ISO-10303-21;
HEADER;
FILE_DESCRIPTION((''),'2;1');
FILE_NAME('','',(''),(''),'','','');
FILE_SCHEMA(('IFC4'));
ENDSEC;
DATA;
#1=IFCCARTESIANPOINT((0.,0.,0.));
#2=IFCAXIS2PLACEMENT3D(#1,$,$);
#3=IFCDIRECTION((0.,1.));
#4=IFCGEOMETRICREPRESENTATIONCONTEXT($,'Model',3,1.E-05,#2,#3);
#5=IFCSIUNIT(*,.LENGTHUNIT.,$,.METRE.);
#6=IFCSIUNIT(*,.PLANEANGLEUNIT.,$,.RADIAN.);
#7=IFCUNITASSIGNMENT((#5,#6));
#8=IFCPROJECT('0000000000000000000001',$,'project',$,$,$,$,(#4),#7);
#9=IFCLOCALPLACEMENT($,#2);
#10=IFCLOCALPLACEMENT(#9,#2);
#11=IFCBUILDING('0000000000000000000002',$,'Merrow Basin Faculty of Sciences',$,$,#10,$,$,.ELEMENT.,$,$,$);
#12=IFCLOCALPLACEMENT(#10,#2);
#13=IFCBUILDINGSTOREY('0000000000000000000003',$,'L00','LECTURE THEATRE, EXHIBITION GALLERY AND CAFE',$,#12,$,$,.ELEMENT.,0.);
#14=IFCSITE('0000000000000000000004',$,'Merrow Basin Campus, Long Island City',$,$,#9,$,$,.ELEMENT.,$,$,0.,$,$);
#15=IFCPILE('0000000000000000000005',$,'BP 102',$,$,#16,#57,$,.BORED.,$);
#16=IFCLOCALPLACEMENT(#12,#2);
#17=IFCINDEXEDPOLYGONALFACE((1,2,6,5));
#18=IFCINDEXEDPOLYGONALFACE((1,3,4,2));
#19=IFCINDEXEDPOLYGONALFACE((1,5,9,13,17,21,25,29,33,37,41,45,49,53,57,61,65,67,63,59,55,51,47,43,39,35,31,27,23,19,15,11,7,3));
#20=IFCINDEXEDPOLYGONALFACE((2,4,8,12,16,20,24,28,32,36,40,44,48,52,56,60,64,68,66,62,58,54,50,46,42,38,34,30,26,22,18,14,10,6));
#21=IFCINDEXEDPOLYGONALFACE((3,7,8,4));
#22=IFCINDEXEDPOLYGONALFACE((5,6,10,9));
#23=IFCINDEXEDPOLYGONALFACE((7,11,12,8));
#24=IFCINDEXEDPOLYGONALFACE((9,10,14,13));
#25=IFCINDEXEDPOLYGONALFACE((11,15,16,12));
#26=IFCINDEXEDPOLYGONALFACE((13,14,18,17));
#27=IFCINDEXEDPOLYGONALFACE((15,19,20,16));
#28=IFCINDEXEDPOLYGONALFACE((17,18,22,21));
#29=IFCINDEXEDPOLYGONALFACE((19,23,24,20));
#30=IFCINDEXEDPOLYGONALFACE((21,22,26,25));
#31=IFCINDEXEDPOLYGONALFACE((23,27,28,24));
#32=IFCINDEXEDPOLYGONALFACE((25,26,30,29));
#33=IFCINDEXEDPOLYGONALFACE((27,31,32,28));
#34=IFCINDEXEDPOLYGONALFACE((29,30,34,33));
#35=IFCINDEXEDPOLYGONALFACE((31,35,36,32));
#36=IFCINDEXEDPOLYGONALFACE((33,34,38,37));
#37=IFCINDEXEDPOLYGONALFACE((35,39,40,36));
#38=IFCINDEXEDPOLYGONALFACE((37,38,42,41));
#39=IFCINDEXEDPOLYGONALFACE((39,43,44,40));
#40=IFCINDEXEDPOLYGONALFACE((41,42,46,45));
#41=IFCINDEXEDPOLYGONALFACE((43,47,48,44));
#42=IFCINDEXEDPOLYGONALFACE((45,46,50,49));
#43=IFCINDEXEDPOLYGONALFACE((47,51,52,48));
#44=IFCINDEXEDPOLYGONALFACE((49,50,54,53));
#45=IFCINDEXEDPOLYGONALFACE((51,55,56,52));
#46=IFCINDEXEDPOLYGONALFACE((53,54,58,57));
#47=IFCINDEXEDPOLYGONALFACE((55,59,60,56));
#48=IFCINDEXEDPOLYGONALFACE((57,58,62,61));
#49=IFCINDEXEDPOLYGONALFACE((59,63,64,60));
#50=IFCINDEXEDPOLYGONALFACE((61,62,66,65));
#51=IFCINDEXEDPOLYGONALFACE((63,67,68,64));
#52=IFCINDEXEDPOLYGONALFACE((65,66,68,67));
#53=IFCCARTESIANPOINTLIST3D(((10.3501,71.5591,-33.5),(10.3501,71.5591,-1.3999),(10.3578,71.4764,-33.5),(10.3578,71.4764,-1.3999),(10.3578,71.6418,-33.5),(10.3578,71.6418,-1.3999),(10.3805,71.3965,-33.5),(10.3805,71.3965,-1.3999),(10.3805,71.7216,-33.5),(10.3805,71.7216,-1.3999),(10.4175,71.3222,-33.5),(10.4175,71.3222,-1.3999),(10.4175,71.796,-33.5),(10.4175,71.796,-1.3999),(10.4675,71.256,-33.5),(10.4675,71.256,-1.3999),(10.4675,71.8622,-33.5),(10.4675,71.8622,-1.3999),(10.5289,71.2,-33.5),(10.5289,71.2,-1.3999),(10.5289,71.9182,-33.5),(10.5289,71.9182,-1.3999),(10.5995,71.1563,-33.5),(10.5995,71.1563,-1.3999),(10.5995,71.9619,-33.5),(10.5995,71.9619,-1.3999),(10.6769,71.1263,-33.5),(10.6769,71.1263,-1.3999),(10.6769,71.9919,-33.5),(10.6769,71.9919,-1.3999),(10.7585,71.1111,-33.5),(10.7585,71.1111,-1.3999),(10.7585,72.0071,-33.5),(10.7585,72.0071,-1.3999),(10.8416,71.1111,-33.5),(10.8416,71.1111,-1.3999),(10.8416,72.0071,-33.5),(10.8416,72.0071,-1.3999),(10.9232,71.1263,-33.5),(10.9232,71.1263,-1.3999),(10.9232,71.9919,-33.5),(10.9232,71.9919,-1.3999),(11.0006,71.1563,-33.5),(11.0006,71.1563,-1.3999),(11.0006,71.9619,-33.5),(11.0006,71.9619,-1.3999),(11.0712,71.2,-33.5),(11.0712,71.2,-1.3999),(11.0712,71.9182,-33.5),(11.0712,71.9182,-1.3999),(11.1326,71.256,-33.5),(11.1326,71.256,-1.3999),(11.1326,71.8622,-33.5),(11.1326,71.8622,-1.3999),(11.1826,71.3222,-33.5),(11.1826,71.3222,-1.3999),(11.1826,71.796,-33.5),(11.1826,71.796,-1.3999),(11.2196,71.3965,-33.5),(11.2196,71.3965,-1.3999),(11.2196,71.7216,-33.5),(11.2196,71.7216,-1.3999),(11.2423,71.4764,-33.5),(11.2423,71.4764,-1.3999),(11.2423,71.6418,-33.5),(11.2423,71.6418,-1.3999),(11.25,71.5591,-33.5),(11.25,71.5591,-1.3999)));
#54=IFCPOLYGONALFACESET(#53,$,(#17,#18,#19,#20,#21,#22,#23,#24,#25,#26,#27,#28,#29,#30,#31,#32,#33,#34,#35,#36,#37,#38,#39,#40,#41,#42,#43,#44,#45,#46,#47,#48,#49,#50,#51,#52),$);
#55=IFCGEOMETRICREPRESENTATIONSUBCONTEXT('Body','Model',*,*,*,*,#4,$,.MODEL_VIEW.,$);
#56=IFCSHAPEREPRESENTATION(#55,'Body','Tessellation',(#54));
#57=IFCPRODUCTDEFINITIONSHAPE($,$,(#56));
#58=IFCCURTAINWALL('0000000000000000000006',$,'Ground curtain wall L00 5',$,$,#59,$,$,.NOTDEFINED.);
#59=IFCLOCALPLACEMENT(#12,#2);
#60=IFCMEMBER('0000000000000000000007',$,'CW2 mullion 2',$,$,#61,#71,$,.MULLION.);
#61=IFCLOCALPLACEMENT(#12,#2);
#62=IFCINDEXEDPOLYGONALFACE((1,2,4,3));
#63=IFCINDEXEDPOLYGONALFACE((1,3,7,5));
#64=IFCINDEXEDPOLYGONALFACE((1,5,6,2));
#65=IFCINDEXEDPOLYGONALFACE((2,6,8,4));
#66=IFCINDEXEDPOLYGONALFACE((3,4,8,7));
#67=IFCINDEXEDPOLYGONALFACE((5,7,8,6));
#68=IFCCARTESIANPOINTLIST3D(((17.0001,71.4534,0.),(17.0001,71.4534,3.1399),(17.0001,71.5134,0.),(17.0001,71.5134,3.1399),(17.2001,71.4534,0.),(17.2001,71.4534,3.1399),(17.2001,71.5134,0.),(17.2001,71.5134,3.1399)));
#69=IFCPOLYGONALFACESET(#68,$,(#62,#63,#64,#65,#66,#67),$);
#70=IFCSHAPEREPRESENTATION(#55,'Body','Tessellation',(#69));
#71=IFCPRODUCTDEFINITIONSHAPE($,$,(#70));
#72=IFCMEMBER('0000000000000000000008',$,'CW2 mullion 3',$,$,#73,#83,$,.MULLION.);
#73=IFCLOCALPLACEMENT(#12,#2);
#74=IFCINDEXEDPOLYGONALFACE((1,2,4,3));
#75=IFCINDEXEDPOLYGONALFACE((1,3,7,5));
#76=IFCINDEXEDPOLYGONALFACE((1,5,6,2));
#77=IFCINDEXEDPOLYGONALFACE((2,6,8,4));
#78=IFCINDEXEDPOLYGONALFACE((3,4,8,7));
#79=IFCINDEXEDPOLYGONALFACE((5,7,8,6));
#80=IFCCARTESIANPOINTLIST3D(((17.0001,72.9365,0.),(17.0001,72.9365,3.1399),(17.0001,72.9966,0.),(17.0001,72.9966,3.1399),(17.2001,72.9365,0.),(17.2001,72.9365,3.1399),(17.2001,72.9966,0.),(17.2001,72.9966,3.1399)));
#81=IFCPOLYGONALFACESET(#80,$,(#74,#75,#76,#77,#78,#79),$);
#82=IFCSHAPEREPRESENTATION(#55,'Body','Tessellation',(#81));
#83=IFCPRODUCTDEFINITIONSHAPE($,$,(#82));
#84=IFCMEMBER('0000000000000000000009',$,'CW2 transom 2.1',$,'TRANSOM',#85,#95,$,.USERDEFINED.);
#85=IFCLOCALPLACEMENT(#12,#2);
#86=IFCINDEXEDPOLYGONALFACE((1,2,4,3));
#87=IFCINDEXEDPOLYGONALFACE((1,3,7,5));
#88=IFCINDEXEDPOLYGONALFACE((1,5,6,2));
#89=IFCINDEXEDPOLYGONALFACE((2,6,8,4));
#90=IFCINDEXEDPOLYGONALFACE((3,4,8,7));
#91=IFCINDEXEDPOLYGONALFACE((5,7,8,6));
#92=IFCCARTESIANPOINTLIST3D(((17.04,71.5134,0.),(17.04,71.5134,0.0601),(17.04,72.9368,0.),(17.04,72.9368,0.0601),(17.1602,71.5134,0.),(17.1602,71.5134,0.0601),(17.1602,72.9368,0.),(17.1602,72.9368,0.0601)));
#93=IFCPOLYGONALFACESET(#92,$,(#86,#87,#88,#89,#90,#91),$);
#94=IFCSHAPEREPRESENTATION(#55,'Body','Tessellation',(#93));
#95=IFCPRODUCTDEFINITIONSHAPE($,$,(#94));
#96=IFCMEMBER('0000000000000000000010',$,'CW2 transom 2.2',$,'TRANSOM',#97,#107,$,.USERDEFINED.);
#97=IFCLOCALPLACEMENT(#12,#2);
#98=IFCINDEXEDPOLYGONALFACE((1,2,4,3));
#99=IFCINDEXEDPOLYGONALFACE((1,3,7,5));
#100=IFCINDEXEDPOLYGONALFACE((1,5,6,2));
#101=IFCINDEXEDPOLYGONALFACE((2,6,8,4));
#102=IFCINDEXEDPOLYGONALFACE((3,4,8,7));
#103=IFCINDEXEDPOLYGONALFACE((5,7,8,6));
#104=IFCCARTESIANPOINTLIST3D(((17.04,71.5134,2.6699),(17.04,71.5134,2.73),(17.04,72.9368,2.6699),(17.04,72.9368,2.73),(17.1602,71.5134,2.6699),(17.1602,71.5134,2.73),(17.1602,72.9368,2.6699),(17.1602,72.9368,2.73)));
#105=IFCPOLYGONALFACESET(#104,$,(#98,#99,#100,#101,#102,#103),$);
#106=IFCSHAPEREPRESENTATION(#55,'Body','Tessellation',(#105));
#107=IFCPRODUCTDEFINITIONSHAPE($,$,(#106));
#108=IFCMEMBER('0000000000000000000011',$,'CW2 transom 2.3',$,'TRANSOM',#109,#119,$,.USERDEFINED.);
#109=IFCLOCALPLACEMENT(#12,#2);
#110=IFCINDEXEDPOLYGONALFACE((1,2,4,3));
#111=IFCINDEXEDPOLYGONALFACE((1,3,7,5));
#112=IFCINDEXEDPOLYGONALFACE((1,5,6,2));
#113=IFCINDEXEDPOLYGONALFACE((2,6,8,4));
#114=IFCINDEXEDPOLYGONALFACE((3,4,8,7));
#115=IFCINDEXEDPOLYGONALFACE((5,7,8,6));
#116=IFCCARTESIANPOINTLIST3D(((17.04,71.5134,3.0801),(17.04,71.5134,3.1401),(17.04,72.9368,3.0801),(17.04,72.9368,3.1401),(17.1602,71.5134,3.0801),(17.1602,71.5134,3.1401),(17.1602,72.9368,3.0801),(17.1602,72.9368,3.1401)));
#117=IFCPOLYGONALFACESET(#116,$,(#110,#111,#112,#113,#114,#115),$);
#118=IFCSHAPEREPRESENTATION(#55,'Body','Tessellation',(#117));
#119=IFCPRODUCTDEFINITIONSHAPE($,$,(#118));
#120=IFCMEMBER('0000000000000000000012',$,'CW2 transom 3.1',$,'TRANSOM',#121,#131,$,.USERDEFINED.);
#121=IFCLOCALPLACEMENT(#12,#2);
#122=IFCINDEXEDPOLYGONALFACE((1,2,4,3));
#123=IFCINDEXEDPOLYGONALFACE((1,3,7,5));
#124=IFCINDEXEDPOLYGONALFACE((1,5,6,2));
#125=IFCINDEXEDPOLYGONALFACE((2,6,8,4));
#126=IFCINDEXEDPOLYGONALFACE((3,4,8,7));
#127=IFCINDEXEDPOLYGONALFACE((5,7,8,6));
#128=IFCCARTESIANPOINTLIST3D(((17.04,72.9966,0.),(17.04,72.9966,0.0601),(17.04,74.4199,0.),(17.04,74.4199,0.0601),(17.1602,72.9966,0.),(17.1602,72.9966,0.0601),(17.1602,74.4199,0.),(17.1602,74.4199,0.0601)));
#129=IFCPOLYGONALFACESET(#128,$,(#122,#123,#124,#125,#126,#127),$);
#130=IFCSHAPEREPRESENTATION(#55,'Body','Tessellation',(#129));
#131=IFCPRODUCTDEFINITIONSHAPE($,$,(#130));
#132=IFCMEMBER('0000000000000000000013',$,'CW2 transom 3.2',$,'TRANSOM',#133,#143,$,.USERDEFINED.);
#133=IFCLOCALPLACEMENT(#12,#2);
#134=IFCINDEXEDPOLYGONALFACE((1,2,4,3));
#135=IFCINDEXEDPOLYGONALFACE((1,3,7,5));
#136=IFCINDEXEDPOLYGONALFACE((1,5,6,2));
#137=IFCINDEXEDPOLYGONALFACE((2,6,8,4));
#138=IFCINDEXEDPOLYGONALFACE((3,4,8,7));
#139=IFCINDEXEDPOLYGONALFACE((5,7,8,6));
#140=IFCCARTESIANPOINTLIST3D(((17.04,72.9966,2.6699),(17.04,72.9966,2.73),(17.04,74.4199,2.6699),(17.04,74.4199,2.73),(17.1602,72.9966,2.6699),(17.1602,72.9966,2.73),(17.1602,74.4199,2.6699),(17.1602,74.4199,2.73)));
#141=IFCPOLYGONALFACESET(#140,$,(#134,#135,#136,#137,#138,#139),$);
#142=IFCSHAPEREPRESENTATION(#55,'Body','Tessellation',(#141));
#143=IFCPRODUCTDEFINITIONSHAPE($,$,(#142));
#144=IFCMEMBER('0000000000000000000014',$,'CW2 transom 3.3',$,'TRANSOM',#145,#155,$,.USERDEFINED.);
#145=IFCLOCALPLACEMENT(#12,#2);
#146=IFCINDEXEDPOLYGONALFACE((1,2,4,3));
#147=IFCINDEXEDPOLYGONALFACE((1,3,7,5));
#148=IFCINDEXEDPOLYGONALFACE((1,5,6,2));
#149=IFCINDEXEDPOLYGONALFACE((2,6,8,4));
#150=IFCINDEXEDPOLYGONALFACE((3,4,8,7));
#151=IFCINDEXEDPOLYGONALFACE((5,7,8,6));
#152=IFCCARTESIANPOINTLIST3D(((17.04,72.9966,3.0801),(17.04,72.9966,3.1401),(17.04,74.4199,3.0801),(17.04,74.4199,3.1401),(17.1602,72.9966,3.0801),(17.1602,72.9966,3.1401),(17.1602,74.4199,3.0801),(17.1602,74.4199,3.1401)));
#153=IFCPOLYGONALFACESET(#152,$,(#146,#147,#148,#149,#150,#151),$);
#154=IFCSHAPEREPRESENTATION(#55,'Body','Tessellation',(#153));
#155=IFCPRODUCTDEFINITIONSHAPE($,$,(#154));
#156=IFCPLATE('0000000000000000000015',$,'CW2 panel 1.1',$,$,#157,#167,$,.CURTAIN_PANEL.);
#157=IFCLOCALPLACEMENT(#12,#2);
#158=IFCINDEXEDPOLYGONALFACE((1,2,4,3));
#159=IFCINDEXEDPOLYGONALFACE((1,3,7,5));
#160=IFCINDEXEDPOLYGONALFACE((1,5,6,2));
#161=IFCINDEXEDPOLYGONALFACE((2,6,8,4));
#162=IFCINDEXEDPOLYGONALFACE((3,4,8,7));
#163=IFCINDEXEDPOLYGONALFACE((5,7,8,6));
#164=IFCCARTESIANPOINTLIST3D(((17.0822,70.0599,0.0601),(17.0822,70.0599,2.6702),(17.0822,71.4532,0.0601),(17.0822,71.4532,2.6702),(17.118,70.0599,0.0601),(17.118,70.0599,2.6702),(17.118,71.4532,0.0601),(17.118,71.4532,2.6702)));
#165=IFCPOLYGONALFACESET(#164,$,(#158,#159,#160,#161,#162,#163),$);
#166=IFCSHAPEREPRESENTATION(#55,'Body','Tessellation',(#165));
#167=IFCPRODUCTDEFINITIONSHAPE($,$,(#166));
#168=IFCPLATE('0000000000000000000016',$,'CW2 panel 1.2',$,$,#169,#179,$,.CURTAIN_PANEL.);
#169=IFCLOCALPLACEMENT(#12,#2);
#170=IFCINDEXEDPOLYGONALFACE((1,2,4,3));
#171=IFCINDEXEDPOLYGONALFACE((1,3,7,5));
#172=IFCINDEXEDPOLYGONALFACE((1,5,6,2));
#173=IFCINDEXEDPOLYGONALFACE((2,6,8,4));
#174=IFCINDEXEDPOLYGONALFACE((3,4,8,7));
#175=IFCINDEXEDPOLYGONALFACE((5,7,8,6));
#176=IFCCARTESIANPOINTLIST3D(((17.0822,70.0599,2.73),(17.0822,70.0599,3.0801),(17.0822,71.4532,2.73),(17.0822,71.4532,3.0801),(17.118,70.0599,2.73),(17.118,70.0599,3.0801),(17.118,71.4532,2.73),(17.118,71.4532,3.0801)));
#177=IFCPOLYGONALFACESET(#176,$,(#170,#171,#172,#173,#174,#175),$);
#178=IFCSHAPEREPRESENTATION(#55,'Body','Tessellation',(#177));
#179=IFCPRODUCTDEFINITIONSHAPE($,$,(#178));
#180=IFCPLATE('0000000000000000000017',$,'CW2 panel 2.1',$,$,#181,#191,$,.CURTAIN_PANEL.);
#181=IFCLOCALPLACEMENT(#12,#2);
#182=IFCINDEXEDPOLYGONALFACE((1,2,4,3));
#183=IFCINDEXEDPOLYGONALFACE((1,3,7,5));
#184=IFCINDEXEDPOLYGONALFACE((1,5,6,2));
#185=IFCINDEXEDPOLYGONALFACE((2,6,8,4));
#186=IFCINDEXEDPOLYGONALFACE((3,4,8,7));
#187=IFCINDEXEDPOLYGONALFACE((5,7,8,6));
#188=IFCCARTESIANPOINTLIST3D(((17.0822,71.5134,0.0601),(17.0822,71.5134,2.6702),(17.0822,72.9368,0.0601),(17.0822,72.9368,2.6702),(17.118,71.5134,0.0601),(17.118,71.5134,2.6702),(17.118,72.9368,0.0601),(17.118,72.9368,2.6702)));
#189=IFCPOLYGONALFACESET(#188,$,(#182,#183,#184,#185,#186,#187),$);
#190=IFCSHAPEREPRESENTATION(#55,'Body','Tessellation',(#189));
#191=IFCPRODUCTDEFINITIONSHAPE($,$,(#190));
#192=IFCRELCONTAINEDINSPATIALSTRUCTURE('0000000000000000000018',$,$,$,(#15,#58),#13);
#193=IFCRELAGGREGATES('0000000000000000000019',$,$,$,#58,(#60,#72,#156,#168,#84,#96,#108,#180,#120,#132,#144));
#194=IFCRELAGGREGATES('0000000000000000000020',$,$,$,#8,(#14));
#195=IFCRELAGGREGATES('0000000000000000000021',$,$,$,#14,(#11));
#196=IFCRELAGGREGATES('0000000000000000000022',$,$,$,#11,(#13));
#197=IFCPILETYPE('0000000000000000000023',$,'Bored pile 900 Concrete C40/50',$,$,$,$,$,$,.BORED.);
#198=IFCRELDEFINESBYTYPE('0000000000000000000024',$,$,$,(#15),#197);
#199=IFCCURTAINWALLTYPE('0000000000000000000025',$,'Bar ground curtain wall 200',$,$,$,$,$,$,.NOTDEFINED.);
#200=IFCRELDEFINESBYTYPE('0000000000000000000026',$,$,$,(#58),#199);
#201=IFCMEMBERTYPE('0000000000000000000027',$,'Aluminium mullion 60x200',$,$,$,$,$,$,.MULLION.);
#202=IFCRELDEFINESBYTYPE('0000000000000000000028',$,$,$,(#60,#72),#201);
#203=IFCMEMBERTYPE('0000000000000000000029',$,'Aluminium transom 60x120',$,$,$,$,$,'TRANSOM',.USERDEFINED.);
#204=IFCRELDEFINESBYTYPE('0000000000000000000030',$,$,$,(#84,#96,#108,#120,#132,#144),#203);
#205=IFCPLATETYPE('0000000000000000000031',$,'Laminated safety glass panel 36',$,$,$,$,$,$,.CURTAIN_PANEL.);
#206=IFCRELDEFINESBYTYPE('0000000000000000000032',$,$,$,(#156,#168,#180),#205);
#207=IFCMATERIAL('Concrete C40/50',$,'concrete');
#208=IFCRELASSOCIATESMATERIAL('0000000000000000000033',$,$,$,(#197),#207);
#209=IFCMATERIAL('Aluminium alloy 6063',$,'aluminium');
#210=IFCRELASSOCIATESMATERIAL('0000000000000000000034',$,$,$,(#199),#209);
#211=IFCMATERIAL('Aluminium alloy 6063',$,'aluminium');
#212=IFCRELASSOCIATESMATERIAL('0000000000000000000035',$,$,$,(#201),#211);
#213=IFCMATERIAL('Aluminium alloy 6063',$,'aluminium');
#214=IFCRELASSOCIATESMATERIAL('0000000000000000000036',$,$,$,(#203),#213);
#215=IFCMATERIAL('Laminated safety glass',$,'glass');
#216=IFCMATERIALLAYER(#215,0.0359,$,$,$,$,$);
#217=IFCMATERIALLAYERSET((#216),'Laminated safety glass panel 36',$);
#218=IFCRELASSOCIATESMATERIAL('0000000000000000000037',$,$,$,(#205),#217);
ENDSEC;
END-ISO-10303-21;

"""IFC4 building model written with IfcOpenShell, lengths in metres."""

from ifc_helpers import new_model, si_unit, direction, frame, origin, origin_2d, place, context, subcontext, project, spatial, rectangle, circle, extrude, material, layer, layer_set, material_profile, profile_set, type_object, element, aggregate, save


model = new_model("IFC4")

# Units and contexts
model_context = context("Model", 3, precision=1e-05, world=origin(), true_north=direction((0.0, 1.0)))
body_context = subcontext(model_context, "Body", "Model", "MODEL_VIEW")
ifc_project = project(units=[si_unit("LENGTHUNIT", "METRE"), si_unit("PLANEANGLEUNIT", "RADIAN")], contexts=[model_context])

# Site, building, storey
site_placement = place(None, origin())
site = spatial("IfcSite", under=ifc_project, at=site_placement, Name="Merrow Basin Campus, Long Island City", CompositionType="ELEMENT", RefElevation=0.0)
building_placement = place(site_placement, origin())
building = spatial("IfcBuilding", under=site, at=building_placement, Name="Merrow Basin Faculty of Sciences", CompositionType="ELEMENT")
storey_placement = place(building_placement, origin())
storey = spatial("IfcBuildingStorey", under=building, at=storey_placement, Name="L00", Description="LECTURE THEATRE, EXHIBITION GALLERY AND CAFE", CompositionType="ELEMENT", Elevation=0.0)

# Pile
ifc_material_1 = material(Name="Concrete C40/50", Category="concrete")
ifc_material_profile_1 = material_profile(ifc_material_1, circle(Radius=0.45, at=origin_2d()))
ifc_profile_set_1 = profile_set([ifc_material_profile_1], Name="Concrete C40/50")
pile_type = type_object("IfcPileType", Name="Bored pile 900 Concrete C40/50", PredefinedType="BORED", material=ifc_profile_set_1)
pile_placement = place(storey_placement, frame((10.8, 71.5591, -1.3999), z_axis=(0.0, 0.0, -1.0), x_axis=(1.0, 0.0, 0.0)))
element("IfcPile", 1, at=pile_placement, inside=storey, type_object=pile_type, Name="BP 102", PredefinedType="BORED", context=body_context, shape_type="SweptSolid", body=[
    extrude(circle(Radius=0.45, at=origin_2d()), origin(), (0.0, 0.0, 1.0), 32.1001),
])

# Curtain wall, members, plates
ifc_material_2 = material(Name="Aluminium alloy 6063", Category="aluminium")
curtain_wall_type = type_object("IfcCurtainWallType", Name="Bar ground curtain wall 200", PredefinedType="NOTDEFINED", material=ifc_material_2)
curtain_wall_placement = place(storey_placement, origin())
curtain_wall = element("IfcCurtainWall", 2, at=curtain_wall_placement, inside=storey, type_object=curtain_wall_type, Name="Ground curtain wall L00 5", PredefinedType="NOTDEFINED")
ifc_material_3 = material(Name="Aluminium alloy 6063", Category="aluminium")
ifc_material_profile_2 = material_profile(ifc_material_3, rectangle(XDim=0.2, YDim=0.0601, at=origin_2d()))
ifc_profile_set_2 = profile_set([ifc_material_profile_2], Name="Aluminium alloy 6063")
member_type_1 = type_object("IfcMemberType", Name="Aluminium mullion 60x200", PredefinedType="MULLION", material=ifc_profile_set_2)
member_1_placement = place(storey_placement, frame((17.1001, 71.4834, 0.0), z_axis=(0.0, 0.0, 1.0), x_axis=(-1.0, 0.0, 0.0)))
member_1 = element("IfcMember", 3, at=member_1_placement, type_object=member_type_1, Name="CW2 mullion 2", PredefinedType="MULLION", context=body_context, shape_type="SweptSolid", body=[
    extrude(rectangle(XDim=0.2, YDim=0.0601, at=origin_2d()), origin(), (0.0, 0.0, 1.0), 3.1399),
])
member_2_placement = place(storey_placement, frame((17.1001, 72.9666, 0.0), z_axis=(0.0, 0.0, 1.0), x_axis=(-1.0, 0.0, 0.0)))
member_2 = element("IfcMember", 4, at=member_2_placement, type_object=member_type_1, Name="CW2 mullion 3", PredefinedType="MULLION", context=body_context, shape_type="SweptSolid", body=[
    extrude(rectangle(XDim=0.2, YDim=0.0601, at=origin_2d()), origin(), (0.0, 0.0, 1.0), 3.1399),
])
ifc_material_4 = material(Name="Aluminium alloy 6063", Category="aluminium")
ifc_material_profile_3 = material_profile(ifc_material_4, rectangle(XDim=0.1201, YDim=0.0601, at=origin_2d()))
ifc_profile_set_3 = profile_set([ifc_material_profile_3], Name="Aluminium alloy 6063")
member_type_2 = type_object("IfcMemberType", Name="Aluminium transom 60x120", ElementType="TRANSOM", PredefinedType="USERDEFINED", material=ifc_profile_set_3)
member_3_placement = place(storey_placement, frame((17.1001, 71.5134, 0.03), z_axis=(0.0, 1.0, 0.0), x_axis=(-1.0, 0.0, 0.0)))
member_3 = element("IfcMember", 5, at=member_3_placement, type_object=member_type_2, Name="CW2 transom 2.1", ObjectType="TRANSOM", PredefinedType="USERDEFINED", context=body_context, shape_type="SweptSolid", body=[
    extrude(rectangle(XDim=0.1201, YDim=0.0601, at=origin_2d()), origin(), (0.0, 0.0, 1.0), 1.4233),
])
member_4_placement = place(storey_placement, frame((17.1001, 71.5134, 2.7), z_axis=(0.0, 1.0, 0.0), x_axis=(-1.0, 0.0, 0.0)))
member_4 = element("IfcMember", 6, at=member_4_placement, type_object=member_type_2, Name="CW2 transom 2.2", ObjectType="TRANSOM", PredefinedType="USERDEFINED", context=body_context, shape_type="SweptSolid", body=[
    extrude(rectangle(XDim=0.1201, YDim=0.0601, at=origin_2d()), origin(), (0.0, 0.0, 1.0), 1.4233),
])
member_5_placement = place(storey_placement, frame((17.1001, 71.5134, 3.1101), z_axis=(0.0, 1.0, 0.0), x_axis=(-1.0, 0.0, 0.0)))
member_5 = element("IfcMember", 7, at=member_5_placement, type_object=member_type_2, Name="CW2 transom 2.3", ObjectType="TRANSOM", PredefinedType="USERDEFINED", context=body_context, shape_type="SweptSolid", body=[
    extrude(rectangle(XDim=0.1201, YDim=0.0601, at=origin_2d()), origin(), (0.0, 0.0, 1.0), 1.4233),
])
member_6_placement = place(storey_placement, frame((17.1001, 72.9966, 0.03), z_axis=(0.0, 1.0, 0.0), x_axis=(-1.0, 0.0, 0.0)))
member_6 = element("IfcMember", 8, at=member_6_placement, type_object=member_type_2, Name="CW2 transom 3.1", ObjectType="TRANSOM", PredefinedType="USERDEFINED", context=body_context, shape_type="SweptSolid", body=[
    extrude(rectangle(XDim=0.1201, YDim=0.0601, at=origin_2d()), origin(), (0.0, 0.0, 1.0), 1.4233),
])
member_7_placement = place(storey_placement, frame((17.1001, 72.9966, 2.7), z_axis=(0.0, 1.0, 0.0), x_axis=(-1.0, 0.0, 0.0)))
member_7 = element("IfcMember", 9, at=member_7_placement, type_object=member_type_2, Name="CW2 transom 3.2", ObjectType="TRANSOM", PredefinedType="USERDEFINED", context=body_context, shape_type="SweptSolid", body=[
    extrude(rectangle(XDim=0.1201, YDim=0.0601, at=origin_2d()), origin(), (0.0, 0.0, 1.0), 1.4233),
])
member_8_placement = place(storey_placement, frame((17.1001, 72.9966, 3.1101), z_axis=(0.0, 1.0, 0.0), x_axis=(-1.0, 0.0, 0.0)))
member_8 = element("IfcMember", 10, at=member_8_placement, type_object=member_type_2, Name="CW2 transom 3.3", ObjectType="TRANSOM", PredefinedType="USERDEFINED", context=body_context, shape_type="SweptSolid", body=[
    extrude(rectangle(XDim=0.1201, YDim=0.0601, at=origin_2d()), origin(), (0.0, 0.0, 1.0), 1.4233),
])
ifc_material_5 = material(Name="Laminated safety glass", Category="glass")
ifc_layer = layer(ifc_material_5, 0.0359)
ifc_layer_set = layer_set([ifc_layer], Name="Laminated safety glass panel 36")
plate_type = type_object("IfcPlateType", Name="Laminated safety glass panel 36", PredefinedType="CURTAIN_PANEL", material=ifc_layer_set)
plate_1_placement = place(storey_placement, frame((17.1001, 70.7566, 0.0601), z_axis=(0.0, 0.0, 1.0), x_axis=(0.0, 1.0, 0.0)))
plate_1 = element("IfcPlate", 11, at=plate_1_placement, type_object=plate_type, Name="CW2 panel 1.1", PredefinedType="CURTAIN_PANEL", context=body_context, shape_type="SweptSolid", body=[
    extrude(rectangle(XDim=1.3933, YDim=0.0359, at=origin_2d()), origin(), (0.0, 0.0, 1.0), 2.6101),
])
plate_2_placement = place(storey_placement, frame((17.1001, 70.7566, 2.73), z_axis=(0.0, 0.0, 1.0), x_axis=(0.0, 1.0, 0.0)))
plate_2 = element("IfcPlate", 12, at=plate_2_placement, type_object=plate_type, Name="CW2 panel 1.2", PredefinedType="CURTAIN_PANEL", context=body_context, shape_type="SweptSolid", body=[
    extrude(rectangle(XDim=1.3933, YDim=0.0359, at=origin_2d()), origin(), (0.0, 0.0, 1.0), 0.3501),
])
plate_3_placement = place(storey_placement, frame((17.1001, 72.2251, 0.0601), z_axis=(0.0, 0.0, 1.0), x_axis=(0.0, 1.0, 0.0)))
plate_3 = element("IfcPlate", 13, at=plate_3_placement, type_object=plate_type, Name="CW2 panel 2.1", PredefinedType="CURTAIN_PANEL", context=body_context, shape_type="SweptSolid", body=[
    extrude(rectangle(XDim=1.4233, YDim=0.0359, at=origin_2d()), origin(), (0.0, 0.0, 1.0), 2.6101),
])
aggregate(curtain_wall, [member_1, member_2, plate_1, plate_2, member_3, member_4, member_5, plate_3, member_6, member_7, member_8])

save(model, "model.ifc")
